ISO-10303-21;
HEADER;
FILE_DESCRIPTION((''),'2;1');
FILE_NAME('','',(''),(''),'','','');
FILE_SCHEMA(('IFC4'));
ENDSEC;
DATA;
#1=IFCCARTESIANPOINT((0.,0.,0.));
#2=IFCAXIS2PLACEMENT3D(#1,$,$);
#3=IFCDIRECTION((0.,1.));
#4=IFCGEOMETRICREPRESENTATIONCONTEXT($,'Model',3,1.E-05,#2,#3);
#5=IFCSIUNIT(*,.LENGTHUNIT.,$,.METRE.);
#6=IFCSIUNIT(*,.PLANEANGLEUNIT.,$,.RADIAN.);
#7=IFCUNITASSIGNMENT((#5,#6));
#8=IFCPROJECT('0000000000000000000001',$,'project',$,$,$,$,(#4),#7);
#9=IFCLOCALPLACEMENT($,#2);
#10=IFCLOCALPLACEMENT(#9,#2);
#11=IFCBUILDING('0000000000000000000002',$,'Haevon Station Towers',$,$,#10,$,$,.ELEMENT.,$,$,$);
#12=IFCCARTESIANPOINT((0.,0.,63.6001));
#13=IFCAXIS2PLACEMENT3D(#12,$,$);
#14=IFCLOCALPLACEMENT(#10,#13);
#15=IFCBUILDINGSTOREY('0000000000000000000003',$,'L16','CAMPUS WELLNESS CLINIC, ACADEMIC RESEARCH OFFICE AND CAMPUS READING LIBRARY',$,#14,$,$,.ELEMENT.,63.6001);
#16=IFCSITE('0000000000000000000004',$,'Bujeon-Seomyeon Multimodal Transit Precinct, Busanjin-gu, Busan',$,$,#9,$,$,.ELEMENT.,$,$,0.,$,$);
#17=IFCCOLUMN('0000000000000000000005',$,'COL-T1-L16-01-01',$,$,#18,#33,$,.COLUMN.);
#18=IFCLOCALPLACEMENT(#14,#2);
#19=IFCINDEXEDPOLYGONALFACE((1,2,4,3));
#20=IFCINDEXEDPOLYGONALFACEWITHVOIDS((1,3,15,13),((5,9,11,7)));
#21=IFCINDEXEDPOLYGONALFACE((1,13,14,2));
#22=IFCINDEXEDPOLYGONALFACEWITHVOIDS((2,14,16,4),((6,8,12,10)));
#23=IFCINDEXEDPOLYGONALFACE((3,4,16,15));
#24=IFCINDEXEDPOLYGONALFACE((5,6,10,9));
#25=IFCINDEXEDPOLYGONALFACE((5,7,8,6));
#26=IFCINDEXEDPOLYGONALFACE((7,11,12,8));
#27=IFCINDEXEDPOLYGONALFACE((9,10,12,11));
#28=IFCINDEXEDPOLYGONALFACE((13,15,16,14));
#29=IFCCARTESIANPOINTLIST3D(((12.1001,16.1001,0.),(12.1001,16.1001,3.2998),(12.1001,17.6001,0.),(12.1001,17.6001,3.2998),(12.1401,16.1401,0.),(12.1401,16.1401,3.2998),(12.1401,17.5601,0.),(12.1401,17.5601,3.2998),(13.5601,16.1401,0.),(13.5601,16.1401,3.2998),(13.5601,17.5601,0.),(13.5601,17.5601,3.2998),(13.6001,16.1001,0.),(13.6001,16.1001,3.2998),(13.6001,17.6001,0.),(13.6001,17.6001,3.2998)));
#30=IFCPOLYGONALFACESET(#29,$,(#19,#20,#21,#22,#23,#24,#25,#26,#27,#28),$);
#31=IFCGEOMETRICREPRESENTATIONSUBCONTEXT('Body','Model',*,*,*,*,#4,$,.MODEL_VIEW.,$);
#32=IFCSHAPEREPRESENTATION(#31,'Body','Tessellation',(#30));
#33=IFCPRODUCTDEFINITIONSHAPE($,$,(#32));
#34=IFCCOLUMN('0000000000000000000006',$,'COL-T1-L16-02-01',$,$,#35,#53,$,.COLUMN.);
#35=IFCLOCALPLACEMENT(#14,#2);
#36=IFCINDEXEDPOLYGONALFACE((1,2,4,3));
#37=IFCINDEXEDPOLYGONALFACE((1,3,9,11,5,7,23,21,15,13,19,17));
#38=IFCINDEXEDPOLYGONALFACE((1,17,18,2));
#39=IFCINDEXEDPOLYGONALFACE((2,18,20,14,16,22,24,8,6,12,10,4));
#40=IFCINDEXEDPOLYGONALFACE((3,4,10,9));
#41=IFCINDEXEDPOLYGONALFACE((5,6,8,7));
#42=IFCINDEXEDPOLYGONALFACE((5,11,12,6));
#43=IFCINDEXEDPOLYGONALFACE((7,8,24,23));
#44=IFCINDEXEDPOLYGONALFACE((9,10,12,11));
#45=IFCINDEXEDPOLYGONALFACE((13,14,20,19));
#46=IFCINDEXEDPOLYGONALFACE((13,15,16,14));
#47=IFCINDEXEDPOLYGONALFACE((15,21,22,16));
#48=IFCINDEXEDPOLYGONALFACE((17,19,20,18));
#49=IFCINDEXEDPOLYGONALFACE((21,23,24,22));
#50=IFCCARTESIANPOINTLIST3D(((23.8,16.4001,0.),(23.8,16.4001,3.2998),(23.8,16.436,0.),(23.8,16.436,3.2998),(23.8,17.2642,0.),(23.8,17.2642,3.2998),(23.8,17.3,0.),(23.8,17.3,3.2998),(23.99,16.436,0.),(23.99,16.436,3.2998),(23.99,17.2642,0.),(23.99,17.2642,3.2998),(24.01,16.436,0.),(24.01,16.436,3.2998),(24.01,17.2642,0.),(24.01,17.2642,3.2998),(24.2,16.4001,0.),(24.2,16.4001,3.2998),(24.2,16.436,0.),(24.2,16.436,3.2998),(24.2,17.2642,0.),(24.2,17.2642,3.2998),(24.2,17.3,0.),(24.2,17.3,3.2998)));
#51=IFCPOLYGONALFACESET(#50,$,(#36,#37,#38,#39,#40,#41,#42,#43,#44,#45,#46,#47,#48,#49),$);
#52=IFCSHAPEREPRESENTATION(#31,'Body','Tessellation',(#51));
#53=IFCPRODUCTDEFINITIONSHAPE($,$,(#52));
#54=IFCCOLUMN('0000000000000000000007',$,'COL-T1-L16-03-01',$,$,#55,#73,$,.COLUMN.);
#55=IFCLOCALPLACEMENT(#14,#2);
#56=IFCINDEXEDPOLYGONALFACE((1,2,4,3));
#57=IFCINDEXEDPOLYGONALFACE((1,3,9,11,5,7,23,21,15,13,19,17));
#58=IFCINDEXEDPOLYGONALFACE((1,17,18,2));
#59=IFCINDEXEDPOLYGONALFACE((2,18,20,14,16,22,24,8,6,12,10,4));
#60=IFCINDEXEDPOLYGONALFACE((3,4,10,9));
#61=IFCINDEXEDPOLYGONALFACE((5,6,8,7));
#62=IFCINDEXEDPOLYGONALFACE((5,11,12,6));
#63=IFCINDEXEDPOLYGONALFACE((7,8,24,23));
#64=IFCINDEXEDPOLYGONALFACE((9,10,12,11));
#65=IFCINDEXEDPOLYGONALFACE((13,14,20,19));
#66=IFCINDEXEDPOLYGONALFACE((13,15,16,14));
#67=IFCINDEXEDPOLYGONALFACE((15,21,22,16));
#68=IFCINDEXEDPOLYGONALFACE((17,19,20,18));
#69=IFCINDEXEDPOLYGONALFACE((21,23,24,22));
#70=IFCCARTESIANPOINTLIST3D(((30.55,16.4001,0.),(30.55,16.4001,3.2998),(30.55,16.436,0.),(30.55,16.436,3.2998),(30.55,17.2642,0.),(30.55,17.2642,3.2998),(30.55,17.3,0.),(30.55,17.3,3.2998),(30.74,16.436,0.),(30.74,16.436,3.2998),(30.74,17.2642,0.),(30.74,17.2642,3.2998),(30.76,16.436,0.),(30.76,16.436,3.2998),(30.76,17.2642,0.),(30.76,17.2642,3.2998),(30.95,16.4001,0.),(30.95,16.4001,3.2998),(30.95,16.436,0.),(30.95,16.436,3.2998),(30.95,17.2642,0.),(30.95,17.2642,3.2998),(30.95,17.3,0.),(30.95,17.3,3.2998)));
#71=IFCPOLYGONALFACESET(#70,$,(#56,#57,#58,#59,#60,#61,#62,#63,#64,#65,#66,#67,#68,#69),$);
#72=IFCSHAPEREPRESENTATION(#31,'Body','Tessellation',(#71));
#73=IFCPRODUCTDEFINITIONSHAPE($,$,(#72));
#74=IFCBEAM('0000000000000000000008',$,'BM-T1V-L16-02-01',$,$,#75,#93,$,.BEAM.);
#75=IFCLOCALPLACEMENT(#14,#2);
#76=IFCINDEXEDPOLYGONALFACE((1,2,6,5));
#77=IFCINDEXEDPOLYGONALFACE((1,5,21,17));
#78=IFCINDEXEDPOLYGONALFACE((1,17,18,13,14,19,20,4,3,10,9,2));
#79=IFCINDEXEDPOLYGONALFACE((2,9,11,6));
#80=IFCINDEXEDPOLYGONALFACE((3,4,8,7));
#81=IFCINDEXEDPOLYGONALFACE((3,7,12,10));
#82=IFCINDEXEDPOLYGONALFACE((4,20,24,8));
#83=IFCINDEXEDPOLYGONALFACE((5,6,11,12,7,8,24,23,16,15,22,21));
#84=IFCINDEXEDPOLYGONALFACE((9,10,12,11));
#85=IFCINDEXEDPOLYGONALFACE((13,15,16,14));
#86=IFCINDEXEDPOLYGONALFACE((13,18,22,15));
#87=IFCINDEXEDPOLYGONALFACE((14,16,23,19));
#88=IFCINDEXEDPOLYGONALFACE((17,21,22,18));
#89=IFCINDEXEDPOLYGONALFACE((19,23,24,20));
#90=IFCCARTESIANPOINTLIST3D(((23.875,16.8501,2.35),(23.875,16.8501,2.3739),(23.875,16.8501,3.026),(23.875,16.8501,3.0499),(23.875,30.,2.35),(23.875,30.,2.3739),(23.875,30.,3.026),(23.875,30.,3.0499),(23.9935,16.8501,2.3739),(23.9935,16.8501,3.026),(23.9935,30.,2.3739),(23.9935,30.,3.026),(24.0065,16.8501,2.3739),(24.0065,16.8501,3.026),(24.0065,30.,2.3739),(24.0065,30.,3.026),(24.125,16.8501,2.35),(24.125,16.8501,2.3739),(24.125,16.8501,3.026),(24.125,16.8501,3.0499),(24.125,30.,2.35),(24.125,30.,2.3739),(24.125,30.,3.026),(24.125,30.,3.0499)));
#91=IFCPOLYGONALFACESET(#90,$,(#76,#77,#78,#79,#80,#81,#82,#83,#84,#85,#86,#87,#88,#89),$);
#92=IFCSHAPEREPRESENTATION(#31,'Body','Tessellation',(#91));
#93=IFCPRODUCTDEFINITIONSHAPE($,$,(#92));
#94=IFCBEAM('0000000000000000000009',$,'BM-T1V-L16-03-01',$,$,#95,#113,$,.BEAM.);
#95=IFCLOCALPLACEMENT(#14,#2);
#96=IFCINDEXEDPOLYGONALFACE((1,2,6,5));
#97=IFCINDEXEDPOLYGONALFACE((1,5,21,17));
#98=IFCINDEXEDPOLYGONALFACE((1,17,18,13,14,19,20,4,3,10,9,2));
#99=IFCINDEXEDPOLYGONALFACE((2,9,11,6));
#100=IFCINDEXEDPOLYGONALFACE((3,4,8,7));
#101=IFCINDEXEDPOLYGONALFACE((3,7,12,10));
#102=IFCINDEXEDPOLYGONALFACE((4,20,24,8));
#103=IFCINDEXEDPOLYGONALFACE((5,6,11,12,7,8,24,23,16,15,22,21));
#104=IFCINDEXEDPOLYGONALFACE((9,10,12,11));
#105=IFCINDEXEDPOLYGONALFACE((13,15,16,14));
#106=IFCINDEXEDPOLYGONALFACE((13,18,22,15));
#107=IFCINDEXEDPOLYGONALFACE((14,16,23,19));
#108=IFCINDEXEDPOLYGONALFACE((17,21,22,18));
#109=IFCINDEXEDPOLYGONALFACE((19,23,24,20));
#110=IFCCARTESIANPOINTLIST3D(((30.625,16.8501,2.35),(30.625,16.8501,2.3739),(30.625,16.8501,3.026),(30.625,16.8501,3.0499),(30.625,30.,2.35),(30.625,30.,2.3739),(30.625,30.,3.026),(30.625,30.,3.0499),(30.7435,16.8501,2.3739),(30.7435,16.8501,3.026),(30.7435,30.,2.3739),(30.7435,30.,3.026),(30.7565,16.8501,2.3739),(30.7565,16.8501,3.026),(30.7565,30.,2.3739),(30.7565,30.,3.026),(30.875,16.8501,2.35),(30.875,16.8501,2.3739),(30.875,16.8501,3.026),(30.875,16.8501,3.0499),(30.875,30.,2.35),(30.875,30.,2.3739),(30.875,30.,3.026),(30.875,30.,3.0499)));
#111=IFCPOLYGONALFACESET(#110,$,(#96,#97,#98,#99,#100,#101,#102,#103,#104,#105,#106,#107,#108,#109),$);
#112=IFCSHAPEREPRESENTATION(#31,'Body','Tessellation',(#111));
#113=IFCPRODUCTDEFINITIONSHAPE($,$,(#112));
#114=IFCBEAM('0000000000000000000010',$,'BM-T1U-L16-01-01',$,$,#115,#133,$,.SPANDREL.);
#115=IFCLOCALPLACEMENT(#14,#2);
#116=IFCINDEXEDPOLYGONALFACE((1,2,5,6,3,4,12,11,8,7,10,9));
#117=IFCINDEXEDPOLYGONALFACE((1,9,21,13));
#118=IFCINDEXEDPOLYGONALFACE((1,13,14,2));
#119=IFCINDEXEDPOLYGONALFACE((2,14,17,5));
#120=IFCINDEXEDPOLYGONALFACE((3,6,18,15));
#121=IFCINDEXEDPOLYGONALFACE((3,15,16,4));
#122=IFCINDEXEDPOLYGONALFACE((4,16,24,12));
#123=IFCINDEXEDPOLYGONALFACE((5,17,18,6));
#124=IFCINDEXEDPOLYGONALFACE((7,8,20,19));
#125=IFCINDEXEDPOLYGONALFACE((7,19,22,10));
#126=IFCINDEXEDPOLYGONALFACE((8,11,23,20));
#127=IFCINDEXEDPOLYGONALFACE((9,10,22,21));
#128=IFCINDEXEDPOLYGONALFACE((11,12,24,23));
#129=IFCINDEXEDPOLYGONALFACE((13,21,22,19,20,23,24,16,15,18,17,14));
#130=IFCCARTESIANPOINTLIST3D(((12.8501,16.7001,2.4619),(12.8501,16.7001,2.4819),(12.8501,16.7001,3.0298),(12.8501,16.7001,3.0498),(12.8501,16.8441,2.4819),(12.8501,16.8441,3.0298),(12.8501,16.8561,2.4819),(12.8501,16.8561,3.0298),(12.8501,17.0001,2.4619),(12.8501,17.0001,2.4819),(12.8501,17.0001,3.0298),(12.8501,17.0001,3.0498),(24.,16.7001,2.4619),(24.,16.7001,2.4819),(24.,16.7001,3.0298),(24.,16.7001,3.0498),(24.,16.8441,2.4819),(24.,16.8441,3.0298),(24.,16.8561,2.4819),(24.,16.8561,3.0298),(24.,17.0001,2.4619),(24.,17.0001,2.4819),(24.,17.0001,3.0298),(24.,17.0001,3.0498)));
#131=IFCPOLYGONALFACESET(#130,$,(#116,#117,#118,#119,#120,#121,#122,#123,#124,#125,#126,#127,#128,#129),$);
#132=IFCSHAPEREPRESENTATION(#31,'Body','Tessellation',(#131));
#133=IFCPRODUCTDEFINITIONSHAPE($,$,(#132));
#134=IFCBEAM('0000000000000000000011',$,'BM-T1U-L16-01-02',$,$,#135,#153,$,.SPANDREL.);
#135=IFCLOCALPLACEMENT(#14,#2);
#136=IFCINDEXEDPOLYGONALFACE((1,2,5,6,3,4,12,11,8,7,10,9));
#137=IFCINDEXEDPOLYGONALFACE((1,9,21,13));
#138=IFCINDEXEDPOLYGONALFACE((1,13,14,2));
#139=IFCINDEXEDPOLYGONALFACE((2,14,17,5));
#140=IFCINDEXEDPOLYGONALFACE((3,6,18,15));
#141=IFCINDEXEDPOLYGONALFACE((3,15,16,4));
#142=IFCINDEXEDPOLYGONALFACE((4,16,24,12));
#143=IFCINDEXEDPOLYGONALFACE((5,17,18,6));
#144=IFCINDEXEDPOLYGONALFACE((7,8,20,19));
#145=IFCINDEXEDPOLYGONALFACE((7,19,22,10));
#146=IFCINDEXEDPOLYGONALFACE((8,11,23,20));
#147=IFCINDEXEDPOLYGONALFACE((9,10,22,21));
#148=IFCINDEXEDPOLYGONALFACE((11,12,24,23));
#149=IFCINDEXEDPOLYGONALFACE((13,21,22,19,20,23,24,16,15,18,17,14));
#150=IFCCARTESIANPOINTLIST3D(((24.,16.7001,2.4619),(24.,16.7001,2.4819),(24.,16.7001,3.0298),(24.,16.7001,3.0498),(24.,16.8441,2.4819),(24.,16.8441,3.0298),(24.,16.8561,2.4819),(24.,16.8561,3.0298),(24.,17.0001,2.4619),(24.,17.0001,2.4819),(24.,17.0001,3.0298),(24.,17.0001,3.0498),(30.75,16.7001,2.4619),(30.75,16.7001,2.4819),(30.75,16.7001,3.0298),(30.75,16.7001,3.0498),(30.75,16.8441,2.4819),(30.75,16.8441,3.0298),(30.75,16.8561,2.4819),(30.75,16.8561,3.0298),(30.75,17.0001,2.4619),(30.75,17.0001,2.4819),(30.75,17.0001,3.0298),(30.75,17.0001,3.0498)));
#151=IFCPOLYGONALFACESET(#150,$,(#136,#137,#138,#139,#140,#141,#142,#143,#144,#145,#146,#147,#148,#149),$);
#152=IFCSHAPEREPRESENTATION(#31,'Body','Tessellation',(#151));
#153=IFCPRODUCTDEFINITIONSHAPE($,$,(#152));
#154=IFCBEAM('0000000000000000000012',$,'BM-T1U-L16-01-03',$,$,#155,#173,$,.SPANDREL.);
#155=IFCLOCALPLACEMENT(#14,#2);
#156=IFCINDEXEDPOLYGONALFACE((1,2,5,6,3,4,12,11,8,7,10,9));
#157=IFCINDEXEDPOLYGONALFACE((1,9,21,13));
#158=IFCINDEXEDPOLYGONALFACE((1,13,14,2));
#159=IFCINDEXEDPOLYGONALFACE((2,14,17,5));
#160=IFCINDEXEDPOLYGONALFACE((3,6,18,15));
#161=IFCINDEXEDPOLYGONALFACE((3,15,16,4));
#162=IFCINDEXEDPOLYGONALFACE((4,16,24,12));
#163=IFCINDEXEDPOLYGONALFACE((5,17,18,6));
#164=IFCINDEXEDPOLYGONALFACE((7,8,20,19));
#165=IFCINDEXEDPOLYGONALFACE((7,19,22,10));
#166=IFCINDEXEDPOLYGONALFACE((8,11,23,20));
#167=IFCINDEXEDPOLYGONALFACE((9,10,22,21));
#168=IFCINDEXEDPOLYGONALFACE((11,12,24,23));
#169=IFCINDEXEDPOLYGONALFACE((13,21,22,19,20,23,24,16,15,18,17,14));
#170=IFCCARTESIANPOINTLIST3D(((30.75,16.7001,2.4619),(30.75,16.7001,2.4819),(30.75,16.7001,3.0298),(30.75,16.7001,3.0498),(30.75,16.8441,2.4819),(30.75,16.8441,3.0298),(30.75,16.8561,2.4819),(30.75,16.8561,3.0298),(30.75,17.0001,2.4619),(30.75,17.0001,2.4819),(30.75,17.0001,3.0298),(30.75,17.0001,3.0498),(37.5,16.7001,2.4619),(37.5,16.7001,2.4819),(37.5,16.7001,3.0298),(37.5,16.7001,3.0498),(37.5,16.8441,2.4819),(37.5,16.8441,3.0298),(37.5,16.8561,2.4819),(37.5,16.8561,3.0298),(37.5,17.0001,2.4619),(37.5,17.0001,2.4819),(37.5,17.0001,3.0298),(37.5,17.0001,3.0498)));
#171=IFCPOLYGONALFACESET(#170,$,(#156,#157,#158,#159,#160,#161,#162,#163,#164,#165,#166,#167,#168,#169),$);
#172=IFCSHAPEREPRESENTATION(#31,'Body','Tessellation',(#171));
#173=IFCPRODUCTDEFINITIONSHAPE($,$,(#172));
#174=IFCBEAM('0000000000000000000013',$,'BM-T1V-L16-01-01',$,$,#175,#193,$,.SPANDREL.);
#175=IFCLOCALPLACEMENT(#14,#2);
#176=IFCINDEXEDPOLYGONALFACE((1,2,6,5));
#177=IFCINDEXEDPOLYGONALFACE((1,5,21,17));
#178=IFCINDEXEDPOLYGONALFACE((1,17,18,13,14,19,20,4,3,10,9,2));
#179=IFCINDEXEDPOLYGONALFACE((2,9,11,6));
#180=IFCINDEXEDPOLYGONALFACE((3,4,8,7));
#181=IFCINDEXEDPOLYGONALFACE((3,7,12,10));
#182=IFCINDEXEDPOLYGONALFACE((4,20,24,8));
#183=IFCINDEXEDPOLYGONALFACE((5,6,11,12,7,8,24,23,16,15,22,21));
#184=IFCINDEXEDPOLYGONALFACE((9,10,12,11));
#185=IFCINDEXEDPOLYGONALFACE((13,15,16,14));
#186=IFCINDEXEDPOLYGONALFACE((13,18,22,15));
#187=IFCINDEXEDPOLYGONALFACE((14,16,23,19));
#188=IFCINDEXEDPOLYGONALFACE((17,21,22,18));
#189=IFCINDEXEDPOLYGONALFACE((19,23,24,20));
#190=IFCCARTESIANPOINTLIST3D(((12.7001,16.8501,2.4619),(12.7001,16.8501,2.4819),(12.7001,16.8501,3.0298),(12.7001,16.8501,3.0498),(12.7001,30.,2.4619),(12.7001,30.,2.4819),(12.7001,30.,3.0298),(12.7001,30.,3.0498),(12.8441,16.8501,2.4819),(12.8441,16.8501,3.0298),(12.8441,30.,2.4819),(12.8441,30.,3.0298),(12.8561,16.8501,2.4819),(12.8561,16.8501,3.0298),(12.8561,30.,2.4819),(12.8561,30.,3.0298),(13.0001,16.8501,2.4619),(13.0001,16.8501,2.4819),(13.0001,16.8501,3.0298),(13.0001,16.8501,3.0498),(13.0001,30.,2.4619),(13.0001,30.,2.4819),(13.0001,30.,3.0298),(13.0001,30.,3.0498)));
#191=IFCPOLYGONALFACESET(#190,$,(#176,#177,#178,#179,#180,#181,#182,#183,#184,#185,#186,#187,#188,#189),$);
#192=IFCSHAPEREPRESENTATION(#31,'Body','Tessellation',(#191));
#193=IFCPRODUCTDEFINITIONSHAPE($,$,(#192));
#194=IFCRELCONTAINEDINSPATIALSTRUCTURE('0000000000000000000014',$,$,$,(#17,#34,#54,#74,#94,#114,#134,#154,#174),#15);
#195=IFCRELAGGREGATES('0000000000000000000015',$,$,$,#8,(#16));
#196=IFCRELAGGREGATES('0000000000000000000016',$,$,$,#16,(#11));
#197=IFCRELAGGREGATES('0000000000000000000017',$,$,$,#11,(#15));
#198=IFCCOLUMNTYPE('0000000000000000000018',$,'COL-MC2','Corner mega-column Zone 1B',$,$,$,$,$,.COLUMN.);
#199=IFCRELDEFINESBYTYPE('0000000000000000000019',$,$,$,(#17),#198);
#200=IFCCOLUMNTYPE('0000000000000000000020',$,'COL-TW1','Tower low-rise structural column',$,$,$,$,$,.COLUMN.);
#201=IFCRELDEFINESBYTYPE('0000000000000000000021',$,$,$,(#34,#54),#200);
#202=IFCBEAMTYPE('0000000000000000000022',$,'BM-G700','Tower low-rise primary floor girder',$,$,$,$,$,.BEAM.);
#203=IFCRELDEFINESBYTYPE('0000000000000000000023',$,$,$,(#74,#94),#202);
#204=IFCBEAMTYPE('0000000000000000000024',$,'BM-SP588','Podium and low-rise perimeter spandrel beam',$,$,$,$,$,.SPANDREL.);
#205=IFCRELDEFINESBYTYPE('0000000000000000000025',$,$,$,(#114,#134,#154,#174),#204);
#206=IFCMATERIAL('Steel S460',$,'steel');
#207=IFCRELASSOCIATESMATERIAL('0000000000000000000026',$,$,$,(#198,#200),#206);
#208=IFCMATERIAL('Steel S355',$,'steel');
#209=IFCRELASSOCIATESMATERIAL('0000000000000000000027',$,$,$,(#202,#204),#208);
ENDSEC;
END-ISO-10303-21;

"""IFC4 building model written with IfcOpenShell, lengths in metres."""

from ifc_helpers import new_model, si_unit, direction, frame, origin, origin_2d, place, context, subcontext, project, spatial, hollow_rectangle, i_section, extrude, material, material_profile, profile_set, type_object, element, save


model = new_model("IFC4")

# Units and contexts
model_context = context("Model", 3, precision=1e-05, world=origin(), true_north=direction((0.0, 1.0)))
body_context = subcontext(model_context, "Body", "Model", "MODEL_VIEW")
ifc_project = project(units=[si_unit("LENGTHUNIT", "METRE"), si_unit("PLANEANGLEUNIT", "RADIAN")], contexts=[model_context])

# Site, building, storey
site_placement = place(None, origin())
site = spatial("IfcSite", under=ifc_project, at=site_placement, Name="Bujeon-Seomyeon Multimodal Transit Precinct, Busanjin-gu, Busan", CompositionType="ELEMENT", RefElevation=0.0)
building_placement = place(site_placement, origin())
building = spatial("IfcBuilding", under=site, at=building_placement, Name="Haevon Station Towers", CompositionType="ELEMENT")
storey_placement = place(building_placement, frame((0.0, 0.0, 63.6001)))
storey = spatial("IfcBuildingStorey", under=building, at=storey_placement, Name="L16", Description="CAMPUS WELLNESS CLINIC, ACADEMIC RESEARCH OFFICE AND CAMPUS READING LIBRARY", CompositionType="ELEMENT", Elevation=63.6001)

# Columns
ifc_material_1 = material(Name="Steel S460", Category="steel")
ifc_material_profile_1 = material_profile(ifc_material_1, hollow_rectangle(XDim=1.5, YDim=1.5, WallThickness=0.04, at=origin_2d()), Name="BOX-1500x1500x40")
ifc_profile_set_1 = profile_set([ifc_material_profile_1], Name="Steel S460")
column_type_1 = type_object("IfcColumnType", Name="COL-MC2", Description="Corner mega-column Zone 1B", PredefinedType="COLUMN", material=ifc_profile_set_1)
column_placement = place(storey_placement, frame((12.8501, 16.8501, 0.0), z_axis=(0.0, 0.0, 1.0), x_axis=(1.0, 0.0, 0.0)))
element("IfcColumn", 1, at=column_placement, inside=storey, type_object=column_type_1, Name="COL-T1-L16-01-01", PredefinedType="COLUMN", context=body_context, shape_type="SweptSolid", body=[
    extrude(hollow_rectangle(XDim=1.5, YDim=1.5, WallThickness=0.04, at=origin_2d()), origin(), (0.0, 0.0, 1.0), 3.2998),
])
ifc_material_profile_2 = material_profile(ifc_material_1, i_section(OverallWidth=0.3999, OverallDepth=0.8999, WebThickness=0.02, FlangeThickness=0.0359, at=origin_2d()), Name="H-900x400x20x36")
ifc_profile_set_2 = profile_set([ifc_material_profile_2], Name="Steel S460")
column_type_2 = type_object("IfcColumnType", Name="COL-TW1", Description="Tower low-rise structural column", PredefinedType="COLUMN", material=ifc_profile_set_2)
for number, where, z_axis, x_axis, name in (
    (2, (24.0, 16.8501, 0.0), (0.0, 0.0, 1.0), (1.0, 0.0, 0.0), "COL-T1-L16-02-01"),
    (3, (30.75, 16.8501, 0.0), (0.0, 0.0, 1.0), (1.0, 0.0, 0.0), "COL-T1-L16-03-01"),
):
    element("IfcColumn", number, at=place(storey_placement, frame(where, z_axis=z_axis, x_axis=x_axis)), inside=storey, type_object=column_type_2, Name=name, PredefinedType="COLUMN", context=body_context, shape_type="SweptSolid", body=[
        extrude(i_section(OverallWidth=0.3999, OverallDepth=0.8999, WebThickness=0.02, FlangeThickness=0.0359, at=origin_2d()), origin(), (0.0, 0.0, 1.0), 3.2998),
    ])

# Beams
ifc_material_2 = material(Name="Steel S355", Category="steel")
ifc_material_profile_3 = material_profile(ifc_material_2, i_section(OverallWidth=0.25, OverallDepth=0.7, WebThickness=0.0129, FlangeThickness=0.0239, at=origin_2d()), Name="H-700x250x13x24")
ifc_profile_set_3 = profile_set([ifc_material_profile_3], Name="Steel S355")
beam_type_1 = type_object("IfcBeamType", Name="BM-G700", Description="Tower low-rise primary floor girder", PredefinedType="BEAM", material=ifc_profile_set_3)
for number, where, z_axis, x_axis, name in (
    (4, (24.0, 16.8501, 2.7), (0.0, 1.0, 0.0), (-1.0, 0.0, 0.0), "BM-T1V-L16-02-01"),
    (5, (30.75, 16.8501, 2.7), (0.0, 1.0, 0.0), (-1.0, 0.0, 0.0), "BM-T1V-L16-03-01"),
):
    element("IfcBeam", number, at=place(storey_placement, frame(where, z_axis=z_axis, x_axis=x_axis)), inside=storey, type_object=beam_type_1, Name=name, PredefinedType="BEAM", context=body_context, shape_type="SweptSolid", body=[
        extrude(i_section(OverallWidth=0.25, OverallDepth=0.7, WebThickness=0.0129, FlangeThickness=0.0239, at=origin_2d()), origin(), (0.0, 0.0, 1.0), 13.1499),
    ])
ifc_material_profile_4 = material_profile(ifc_material_2, i_section(OverallWidth=0.3, OverallDepth=0.5879, WebThickness=0.012, FlangeThickness=0.02, at=origin_2d()), Name="H-588x300x12x20")
ifc_profile_set_4 = profile_set([ifc_material_profile_4], Name="Steel S355")
beam_type_2 = type_object("IfcBeamType", Name="BM-SP588", Description="Podium and low-rise perimeter spandrel beam", PredefinedType="SPANDREL", material=ifc_profile_set_4)
beam_1_placement = place(storey_placement, frame((12.8501, 16.8501, 2.7559), z_axis=(1.0, 0.0, 0.0), x_axis=(0.0, 1.0, 0.0)))
element("IfcBeam", 6, at=beam_1_placement, inside=storey, type_object=beam_type_2, Name="BM-T1U-L16-01-01", PredefinedType="SPANDREL", context=body_context, shape_type="SweptSolid", body=[
    extrude(i_section(OverallWidth=0.3, OverallDepth=0.5879, WebThickness=0.012, FlangeThickness=0.02, at=origin_2d()), origin(), (0.0, 0.0, 1.0), 11.1499),
])
for number, where, z_axis, x_axis, name in (
    (7, (24.0, 16.8501, 2.7559), (1.0, 0.0, 0.0), (0.0, 1.0, 0.0), "BM-T1U-L16-01-02"),
    (8, (30.75, 16.8501, 2.7559), (1.0, 0.0, 0.0), (0.0, 1.0, 0.0), "BM-T1U-L16-01-03"),
):
    element("IfcBeam", number, at=place(storey_placement, frame(where, z_axis=z_axis, x_axis=x_axis)), inside=storey, type_object=beam_type_2, Name=name, PredefinedType="SPANDREL", context=body_context, shape_type="SweptSolid", body=[
        extrude(i_section(OverallWidth=0.3, OverallDepth=0.5879, WebThickness=0.012, FlangeThickness=0.02, at=origin_2d()), origin(), (0.0, 0.0, 1.0), 6.75),
    ])
beam_2_placement = place(storey_placement, frame((12.8501, 16.8501, 2.7559), z_axis=(0.0, 1.0, 0.0), x_axis=(-1.0, 0.0, 0.0)))
element("IfcBeam", 9, at=beam_2_placement, inside=storey, type_object=beam_type_2, Name="BM-T1V-L16-01-01", PredefinedType="SPANDREL", context=body_context, shape_type="SweptSolid", body=[
    extrude(i_section(OverallWidth=0.3, OverallDepth=0.5879, WebThickness=0.012, FlangeThickness=0.02, at=origin_2d()), origin(), (0.0, 0.0, 1.0), 13.1499),
])

save(model, "model.ifc")
